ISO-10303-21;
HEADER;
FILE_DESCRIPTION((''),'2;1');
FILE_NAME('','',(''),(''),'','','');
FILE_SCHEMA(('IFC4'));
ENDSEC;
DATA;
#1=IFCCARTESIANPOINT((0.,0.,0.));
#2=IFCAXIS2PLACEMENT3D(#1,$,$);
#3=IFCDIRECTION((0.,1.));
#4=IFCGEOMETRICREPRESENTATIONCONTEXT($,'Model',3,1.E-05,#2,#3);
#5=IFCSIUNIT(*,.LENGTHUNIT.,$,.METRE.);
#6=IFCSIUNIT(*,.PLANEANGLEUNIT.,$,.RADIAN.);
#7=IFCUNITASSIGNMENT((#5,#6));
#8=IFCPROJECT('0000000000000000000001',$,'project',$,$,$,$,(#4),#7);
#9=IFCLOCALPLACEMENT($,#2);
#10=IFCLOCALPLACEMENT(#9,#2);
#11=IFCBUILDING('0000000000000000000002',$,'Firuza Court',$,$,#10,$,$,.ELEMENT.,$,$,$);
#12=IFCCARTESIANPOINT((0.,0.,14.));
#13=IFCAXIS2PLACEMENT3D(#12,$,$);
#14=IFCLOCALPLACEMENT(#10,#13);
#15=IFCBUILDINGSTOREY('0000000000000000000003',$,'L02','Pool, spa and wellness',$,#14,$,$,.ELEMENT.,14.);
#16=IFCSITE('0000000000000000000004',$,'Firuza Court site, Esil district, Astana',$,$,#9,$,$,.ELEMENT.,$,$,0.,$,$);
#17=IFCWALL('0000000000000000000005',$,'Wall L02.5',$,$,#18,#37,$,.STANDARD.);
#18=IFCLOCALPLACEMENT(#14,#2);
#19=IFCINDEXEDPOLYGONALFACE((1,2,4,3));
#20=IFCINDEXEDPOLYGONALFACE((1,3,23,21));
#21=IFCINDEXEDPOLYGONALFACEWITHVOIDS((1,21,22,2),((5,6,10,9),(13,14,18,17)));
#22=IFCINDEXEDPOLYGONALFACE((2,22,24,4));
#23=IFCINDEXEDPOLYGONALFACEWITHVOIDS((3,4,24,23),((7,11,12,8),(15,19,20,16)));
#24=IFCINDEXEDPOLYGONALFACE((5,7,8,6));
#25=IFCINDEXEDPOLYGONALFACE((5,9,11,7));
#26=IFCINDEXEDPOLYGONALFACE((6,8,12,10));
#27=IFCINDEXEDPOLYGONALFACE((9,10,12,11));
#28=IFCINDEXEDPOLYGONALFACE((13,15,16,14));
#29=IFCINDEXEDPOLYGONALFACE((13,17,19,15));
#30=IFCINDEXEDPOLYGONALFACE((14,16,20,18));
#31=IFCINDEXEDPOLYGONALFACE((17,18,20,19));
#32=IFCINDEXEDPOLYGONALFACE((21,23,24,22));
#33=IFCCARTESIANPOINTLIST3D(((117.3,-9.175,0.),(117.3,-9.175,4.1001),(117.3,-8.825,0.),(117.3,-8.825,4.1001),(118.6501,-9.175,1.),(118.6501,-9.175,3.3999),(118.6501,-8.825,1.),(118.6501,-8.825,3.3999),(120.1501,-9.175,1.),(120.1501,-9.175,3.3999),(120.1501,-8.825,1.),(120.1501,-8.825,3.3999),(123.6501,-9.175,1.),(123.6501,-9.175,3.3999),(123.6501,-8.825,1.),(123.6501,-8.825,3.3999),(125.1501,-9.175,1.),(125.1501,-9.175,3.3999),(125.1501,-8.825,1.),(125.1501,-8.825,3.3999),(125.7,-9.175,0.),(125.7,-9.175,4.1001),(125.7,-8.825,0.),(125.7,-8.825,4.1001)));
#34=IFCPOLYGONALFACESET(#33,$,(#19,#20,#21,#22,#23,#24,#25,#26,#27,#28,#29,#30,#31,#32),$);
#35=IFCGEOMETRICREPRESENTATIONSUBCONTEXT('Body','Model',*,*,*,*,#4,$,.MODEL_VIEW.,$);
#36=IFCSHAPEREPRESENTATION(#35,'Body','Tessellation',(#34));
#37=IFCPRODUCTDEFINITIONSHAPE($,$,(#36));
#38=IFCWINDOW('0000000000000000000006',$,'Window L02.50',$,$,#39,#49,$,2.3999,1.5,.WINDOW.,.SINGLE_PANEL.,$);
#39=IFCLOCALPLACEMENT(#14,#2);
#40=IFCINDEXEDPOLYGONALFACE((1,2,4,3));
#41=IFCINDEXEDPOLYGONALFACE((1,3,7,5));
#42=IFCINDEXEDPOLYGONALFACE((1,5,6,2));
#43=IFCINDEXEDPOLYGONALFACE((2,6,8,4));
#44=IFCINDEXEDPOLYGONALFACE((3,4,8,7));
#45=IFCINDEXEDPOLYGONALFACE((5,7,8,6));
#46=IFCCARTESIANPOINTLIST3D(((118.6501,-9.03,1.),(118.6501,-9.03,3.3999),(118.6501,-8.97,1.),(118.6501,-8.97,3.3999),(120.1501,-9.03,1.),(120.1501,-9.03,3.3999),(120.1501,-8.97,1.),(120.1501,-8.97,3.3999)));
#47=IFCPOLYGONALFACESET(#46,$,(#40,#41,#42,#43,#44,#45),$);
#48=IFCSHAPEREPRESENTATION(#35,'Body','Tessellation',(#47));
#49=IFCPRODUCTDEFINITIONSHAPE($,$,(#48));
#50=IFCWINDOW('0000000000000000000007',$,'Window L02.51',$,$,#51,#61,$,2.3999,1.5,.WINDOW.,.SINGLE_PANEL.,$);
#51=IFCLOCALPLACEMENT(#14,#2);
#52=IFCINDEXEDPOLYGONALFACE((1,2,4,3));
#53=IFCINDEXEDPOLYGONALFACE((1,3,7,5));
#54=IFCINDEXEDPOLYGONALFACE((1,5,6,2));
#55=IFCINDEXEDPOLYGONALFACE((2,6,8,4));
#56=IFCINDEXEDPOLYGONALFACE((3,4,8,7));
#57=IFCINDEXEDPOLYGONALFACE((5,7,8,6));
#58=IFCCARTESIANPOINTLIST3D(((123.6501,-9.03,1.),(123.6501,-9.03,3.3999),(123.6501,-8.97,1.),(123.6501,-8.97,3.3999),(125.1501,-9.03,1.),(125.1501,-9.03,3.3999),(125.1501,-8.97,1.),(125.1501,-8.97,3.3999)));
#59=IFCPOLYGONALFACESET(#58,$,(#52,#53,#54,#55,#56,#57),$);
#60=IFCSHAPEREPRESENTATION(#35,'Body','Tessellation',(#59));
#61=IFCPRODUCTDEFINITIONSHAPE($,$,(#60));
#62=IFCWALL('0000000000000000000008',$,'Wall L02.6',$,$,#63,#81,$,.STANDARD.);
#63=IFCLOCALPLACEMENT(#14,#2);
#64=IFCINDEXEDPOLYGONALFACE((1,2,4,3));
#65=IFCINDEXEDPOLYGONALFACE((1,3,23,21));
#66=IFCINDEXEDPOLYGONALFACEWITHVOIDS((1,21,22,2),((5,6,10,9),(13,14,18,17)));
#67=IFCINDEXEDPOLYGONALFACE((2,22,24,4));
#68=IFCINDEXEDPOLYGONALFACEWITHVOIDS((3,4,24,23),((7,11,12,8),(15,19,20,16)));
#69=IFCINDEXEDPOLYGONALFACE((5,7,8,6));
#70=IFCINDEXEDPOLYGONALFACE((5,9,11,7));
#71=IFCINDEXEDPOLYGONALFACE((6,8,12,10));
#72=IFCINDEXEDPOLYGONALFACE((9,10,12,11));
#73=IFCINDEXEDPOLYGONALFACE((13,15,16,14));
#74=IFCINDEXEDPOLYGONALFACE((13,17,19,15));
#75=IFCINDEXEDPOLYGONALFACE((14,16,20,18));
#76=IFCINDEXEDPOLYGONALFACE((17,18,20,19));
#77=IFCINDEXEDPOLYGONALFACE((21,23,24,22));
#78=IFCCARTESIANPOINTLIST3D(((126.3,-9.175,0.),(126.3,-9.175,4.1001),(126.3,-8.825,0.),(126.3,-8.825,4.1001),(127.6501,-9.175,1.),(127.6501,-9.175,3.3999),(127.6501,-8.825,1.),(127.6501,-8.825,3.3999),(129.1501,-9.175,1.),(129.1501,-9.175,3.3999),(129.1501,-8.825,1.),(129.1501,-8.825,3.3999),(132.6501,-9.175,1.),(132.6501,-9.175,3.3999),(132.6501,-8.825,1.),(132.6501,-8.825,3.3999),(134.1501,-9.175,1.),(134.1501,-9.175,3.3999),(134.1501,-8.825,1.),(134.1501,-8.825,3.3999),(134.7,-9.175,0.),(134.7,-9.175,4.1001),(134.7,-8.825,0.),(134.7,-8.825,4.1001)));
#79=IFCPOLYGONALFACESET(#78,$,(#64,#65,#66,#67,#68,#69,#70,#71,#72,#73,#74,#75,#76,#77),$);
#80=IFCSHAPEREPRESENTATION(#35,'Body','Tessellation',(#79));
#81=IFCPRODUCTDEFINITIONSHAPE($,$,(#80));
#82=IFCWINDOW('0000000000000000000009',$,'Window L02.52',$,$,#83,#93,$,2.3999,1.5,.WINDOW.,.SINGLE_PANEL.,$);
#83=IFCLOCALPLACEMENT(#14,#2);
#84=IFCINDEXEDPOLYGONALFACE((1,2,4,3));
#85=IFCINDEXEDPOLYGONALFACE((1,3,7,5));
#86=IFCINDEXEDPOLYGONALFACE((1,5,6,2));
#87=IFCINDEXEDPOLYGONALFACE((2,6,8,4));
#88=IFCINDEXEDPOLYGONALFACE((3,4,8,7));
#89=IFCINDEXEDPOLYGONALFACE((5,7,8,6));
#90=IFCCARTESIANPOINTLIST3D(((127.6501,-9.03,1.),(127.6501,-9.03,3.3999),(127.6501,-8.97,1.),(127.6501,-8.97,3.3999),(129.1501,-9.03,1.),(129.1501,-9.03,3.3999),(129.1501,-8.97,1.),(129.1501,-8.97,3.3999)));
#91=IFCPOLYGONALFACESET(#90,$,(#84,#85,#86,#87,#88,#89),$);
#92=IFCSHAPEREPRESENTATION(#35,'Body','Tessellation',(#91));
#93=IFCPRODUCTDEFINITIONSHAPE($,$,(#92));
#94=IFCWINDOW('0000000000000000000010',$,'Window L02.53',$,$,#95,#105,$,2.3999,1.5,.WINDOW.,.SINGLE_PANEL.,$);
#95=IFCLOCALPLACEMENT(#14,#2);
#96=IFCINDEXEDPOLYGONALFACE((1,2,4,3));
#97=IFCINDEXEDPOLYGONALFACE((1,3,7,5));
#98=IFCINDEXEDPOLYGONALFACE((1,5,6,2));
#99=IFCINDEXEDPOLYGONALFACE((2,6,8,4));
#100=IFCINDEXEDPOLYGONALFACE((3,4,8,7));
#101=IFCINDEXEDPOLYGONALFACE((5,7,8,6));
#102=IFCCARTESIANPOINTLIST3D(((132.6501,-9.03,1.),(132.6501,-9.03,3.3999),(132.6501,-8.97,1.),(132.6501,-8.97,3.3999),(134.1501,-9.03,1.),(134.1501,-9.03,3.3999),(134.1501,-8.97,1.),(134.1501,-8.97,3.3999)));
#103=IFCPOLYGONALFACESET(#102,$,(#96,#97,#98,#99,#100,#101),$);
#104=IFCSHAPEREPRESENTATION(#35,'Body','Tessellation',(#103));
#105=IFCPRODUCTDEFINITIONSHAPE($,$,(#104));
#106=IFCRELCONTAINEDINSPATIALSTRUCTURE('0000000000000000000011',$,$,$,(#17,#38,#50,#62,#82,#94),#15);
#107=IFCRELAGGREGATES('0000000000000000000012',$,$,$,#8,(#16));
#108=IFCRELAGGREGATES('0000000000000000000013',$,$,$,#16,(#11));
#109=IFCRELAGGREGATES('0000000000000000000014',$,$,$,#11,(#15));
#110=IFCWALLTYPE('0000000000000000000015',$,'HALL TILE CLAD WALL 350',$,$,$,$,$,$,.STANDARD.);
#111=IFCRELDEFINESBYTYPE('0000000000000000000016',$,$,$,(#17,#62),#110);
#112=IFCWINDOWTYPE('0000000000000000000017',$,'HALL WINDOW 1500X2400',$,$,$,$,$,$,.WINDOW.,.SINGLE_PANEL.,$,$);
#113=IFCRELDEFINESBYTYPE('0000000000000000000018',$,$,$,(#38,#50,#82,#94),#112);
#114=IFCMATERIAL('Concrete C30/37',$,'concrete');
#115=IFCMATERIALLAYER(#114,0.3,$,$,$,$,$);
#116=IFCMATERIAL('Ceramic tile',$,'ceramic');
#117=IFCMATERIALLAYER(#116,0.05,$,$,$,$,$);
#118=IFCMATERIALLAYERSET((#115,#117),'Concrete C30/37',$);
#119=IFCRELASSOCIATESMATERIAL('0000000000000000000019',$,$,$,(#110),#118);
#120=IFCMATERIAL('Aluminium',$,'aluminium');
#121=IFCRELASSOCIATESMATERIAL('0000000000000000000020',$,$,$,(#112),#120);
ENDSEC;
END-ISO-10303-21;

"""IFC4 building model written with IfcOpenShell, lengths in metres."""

from ifc_helpers import new_model, si_unit, direction, frame, frame_2d, origin, place, context, subcontext, project, spatial, rectangle, extrude, material, layer, layer_set, type_object, element, fill, save


model = new_model("IFC4")

# Units and contexts
model_context = context("Model", 3, precision=1e-05, world=origin(), true_north=direction((0.0, 1.0)))
body_context = subcontext(model_context, "Body", "Model", "MODEL_VIEW")
ifc_project = project(units=[si_unit("LENGTHUNIT", "METRE"), si_unit("PLANEANGLEUNIT", "RADIAN")], contexts=[model_context])

# Site, building, storey
site_placement = place(None, origin())
site = spatial("IfcSite", under=ifc_project, at=site_placement, Name="Firuza Court site, Esil district, Astana", CompositionType="ELEMENT", RefElevation=0.0)
building_placement = place(site_placement, origin())
building = spatial("IfcBuilding", under=site, at=building_placement, Name="Firuza Court", CompositionType="ELEMENT")
storey_placement = place(building_placement, frame((0.0, 0.0, 14.0)))
storey = spatial("IfcBuildingStorey", under=building, at=storey_placement, Name="L02", Description="Pool, spa and wellness", CompositionType="ELEMENT", Elevation=14.0)

# Walls, openings, windows
ifc_material_1 = material(Name="Concrete C30/37", Category="concrete")
ifc_layer_1 = layer(ifc_material_1, 0.3)
ifc_material_2 = material(Name="Ceramic tile", Category="ceramic")
ifc_layer_2 = layer(ifc_material_2, 0.05)
ifc_layer_set_1 = layer_set([ifc_layer_1, ifc_layer_2], Name="Concrete C30/37")
wall_type_1 = type_object("IfcWallType", Name="HALL TILE CLAD WALL 350", PredefinedType="STANDARD", material=ifc_layer_set_1)
wall_1_placement = place(storey_placement, frame((117.3, -9.0, 0.0), z_axis=(0.0, 0.0, 1.0), x_axis=(1.0, 0.0, 0.0)))
wall_1 = element("IfcWall", 1, at=wall_1_placement, inside=storey, type_object=wall_type_1, Name="Wall L02.5", PredefinedType="STANDARD", context=body_context, shape_type="SweptSolid", body=[
    extrude(rectangle(XDim=8.3999, YDim=0.3501, at=frame_2d((4.2, 0.0))), origin(), (0.0, 0.0, 1.0), 4.1001),
])
opening_1_placement = place(wall_1_placement, frame((1.3501, 0.0, 1.0)))
opening_1 = element("IfcOpeningElement", 2, at=opening_1_placement, cuts=wall_1, PredefinedType="OPENING", context=body_context, shape_type="SweptSolid", body=[
    extrude(rectangle(XDim=1.5, YDim=2.3999, at=frame_2d((0.75, 1.2))), frame((0.0, 0.187, 0.0), z_axis=(0.0, -1.0, 0.0), x_axis=(1.0, 0.0, 0.0)), (0.0, 0.0, 1.0), 0.374),
])
opening_2_placement = place(wall_1_placement, frame((6.3501, 0.0, 1.0)))
opening_2 = element("IfcOpeningElement", 3, at=opening_2_placement, cuts=wall_1, PredefinedType="OPENING", context=body_context, shape_type="SweptSolid", body=[
    extrude(rectangle(XDim=1.5, YDim=2.3999, at=frame_2d((0.75, 1.2))), frame((0.0, 0.187, 0.0), z_axis=(0.0, -1.0, 0.0), x_axis=(1.0, 0.0, 0.0)), (0.0, 0.0, 1.0), 0.374),
])
ifc_material_3 = material(Name="Aluminium", Category="aluminium")
window_type = type_object("IfcWindowType", Name="HALL WINDOW 1500X2400", PartitioningType="SINGLE_PANEL", PredefinedType="WINDOW", material=ifc_material_3)
window_1_placement = place(opening_1_placement, origin())
window_1 = element("IfcWindow", 4, at=window_1_placement, inside=storey, type_object=window_type, Name="Window L02.50", OverallHeight=2.3999, OverallWidth=1.5, PartitioningType="SINGLE_PANEL", PredefinedType="WINDOW", context=body_context, shape_type="SweptSolid", body=[
    extrude(rectangle(XDim=1.5, YDim=2.3999, at=frame_2d((0.75, 1.2))), frame((0.0, 0.03, 0.0), z_axis=(0.0, -1.0, 0.0), x_axis=(1.0, 0.0, 0.0)), (0.0, 0.0, 1.0), 0.0601),
])
fill(opening_1, window_1)
window_2_placement = place(opening_2_placement, origin())
window_2 = element("IfcWindow", 5, at=window_2_placement, inside=storey, type_object=window_type, Name="Window L02.51", OverallHeight=2.3999, OverallWidth=1.5, PartitioningType="SINGLE_PANEL", PredefinedType="WINDOW", context=body_context, shape_type="SweptSolid", body=[
    extrude(rectangle(XDim=1.5, YDim=2.3999, at=frame_2d((0.75, 1.2))), frame((0.0, 0.03, 0.0), z_axis=(0.0, -1.0, 0.0), x_axis=(1.0, 0.0, 0.0)), (0.0, 0.0, 1.0), 0.0601),
])
fill(opening_2, window_2)
wall_2_placement = place(storey_placement, frame((126.3, -9.0, 0.0), z_axis=(0.0, 0.0, 1.0), x_axis=(1.0, 0.0, 0.0)))
wall_2 = element("IfcWall", 6, at=wall_2_placement, inside=storey, type_object=wall_type_1, Name="Wall L02.6", PredefinedType="STANDARD", context=body_context, shape_type="SweptSolid", body=[
    extrude(rectangle(XDim=8.3999, YDim=0.3501, at=frame_2d((4.2, 0.0))), origin(), (0.0, 0.0, 1.0), 4.1001),
])
opening_3_placement = place(wall_2_placement, frame((1.3501, 0.0, 1.0)))
opening_3 = element("IfcOpeningElement", 7, at=opening_3_placement, cuts=wall_2, PredefinedType="OPENING", context=body_context, shape_type="SweptSolid", body=[
    extrude(rectangle(XDim=1.5, YDim=2.3999, at=frame_2d((0.75, 1.2))), frame((0.0, 0.187, 0.0), z_axis=(0.0, -1.0, 0.0), x_axis=(1.0, 0.0, 0.0)), (0.0, 0.0, 1.0), 0.374),
])
opening_4_placement = place(wall_2_placement, frame((6.3501, 0.0, 1.0)))
opening_4 = element("IfcOpeningElement", 8, at=opening_4_placement, cuts=wall_2, PredefinedType="OPENING", context=body_context, shape_type="SweptSolid", body=[
    extrude(rectangle(XDim=1.5, YDim=2.3999, at=frame_2d((0.75, 1.2))), frame((0.0, 0.187, 0.0), z_axis=(0.0, -1.0, 0.0), x_axis=(1.0, 0.0, 0.0)), (0.0, 0.0, 1.0), 0.374),
])
window_3_placement = place(opening_3_placement, origin())
window_3 = element("IfcWindow", 9, at=window_3_placement, inside=storey, type_object=window_type, Name="Window L02.52", OverallHeight=2.3999, OverallWidth=1.5, PartitioningType="SINGLE_PANEL", PredefinedType="WINDOW", context=body_context, shape_type="SweptSolid", body=[
    extrude(rectangle(XDim=1.5, YDim=2.3999, at=frame_2d((0.75, 1.2))), frame((0.0, 0.03, 0.0), z_axis=(0.0, -1.0, 0.0), x_axis=(1.0, 0.0, 0.0)), (0.0, 0.0, 1.0), 0.0601),
])
fill(opening_3, window_3)
window_4_placement = place(opening_4_placement, origin())
window_4 = element("IfcWindow", 10, at=window_4_placement, inside=storey, type_object=window_type, Name="Window L02.53", OverallHeight=2.3999, OverallWidth=1.5, PartitioningType="SINGLE_PANEL", PredefinedType="WINDOW", context=body_context, shape_type="SweptSolid", body=[
    extrude(rectangle(XDim=1.5, YDim=2.3999, at=frame_2d((0.75, 1.2))), frame((0.0, 0.03, 0.0), z_axis=(0.0, -1.0, 0.0), x_axis=(1.0, 0.0, 0.0)), (0.0, 0.0, 1.0), 0.0601),
])
fill(opening_4, window_4)

save(model, "model.ifc")
